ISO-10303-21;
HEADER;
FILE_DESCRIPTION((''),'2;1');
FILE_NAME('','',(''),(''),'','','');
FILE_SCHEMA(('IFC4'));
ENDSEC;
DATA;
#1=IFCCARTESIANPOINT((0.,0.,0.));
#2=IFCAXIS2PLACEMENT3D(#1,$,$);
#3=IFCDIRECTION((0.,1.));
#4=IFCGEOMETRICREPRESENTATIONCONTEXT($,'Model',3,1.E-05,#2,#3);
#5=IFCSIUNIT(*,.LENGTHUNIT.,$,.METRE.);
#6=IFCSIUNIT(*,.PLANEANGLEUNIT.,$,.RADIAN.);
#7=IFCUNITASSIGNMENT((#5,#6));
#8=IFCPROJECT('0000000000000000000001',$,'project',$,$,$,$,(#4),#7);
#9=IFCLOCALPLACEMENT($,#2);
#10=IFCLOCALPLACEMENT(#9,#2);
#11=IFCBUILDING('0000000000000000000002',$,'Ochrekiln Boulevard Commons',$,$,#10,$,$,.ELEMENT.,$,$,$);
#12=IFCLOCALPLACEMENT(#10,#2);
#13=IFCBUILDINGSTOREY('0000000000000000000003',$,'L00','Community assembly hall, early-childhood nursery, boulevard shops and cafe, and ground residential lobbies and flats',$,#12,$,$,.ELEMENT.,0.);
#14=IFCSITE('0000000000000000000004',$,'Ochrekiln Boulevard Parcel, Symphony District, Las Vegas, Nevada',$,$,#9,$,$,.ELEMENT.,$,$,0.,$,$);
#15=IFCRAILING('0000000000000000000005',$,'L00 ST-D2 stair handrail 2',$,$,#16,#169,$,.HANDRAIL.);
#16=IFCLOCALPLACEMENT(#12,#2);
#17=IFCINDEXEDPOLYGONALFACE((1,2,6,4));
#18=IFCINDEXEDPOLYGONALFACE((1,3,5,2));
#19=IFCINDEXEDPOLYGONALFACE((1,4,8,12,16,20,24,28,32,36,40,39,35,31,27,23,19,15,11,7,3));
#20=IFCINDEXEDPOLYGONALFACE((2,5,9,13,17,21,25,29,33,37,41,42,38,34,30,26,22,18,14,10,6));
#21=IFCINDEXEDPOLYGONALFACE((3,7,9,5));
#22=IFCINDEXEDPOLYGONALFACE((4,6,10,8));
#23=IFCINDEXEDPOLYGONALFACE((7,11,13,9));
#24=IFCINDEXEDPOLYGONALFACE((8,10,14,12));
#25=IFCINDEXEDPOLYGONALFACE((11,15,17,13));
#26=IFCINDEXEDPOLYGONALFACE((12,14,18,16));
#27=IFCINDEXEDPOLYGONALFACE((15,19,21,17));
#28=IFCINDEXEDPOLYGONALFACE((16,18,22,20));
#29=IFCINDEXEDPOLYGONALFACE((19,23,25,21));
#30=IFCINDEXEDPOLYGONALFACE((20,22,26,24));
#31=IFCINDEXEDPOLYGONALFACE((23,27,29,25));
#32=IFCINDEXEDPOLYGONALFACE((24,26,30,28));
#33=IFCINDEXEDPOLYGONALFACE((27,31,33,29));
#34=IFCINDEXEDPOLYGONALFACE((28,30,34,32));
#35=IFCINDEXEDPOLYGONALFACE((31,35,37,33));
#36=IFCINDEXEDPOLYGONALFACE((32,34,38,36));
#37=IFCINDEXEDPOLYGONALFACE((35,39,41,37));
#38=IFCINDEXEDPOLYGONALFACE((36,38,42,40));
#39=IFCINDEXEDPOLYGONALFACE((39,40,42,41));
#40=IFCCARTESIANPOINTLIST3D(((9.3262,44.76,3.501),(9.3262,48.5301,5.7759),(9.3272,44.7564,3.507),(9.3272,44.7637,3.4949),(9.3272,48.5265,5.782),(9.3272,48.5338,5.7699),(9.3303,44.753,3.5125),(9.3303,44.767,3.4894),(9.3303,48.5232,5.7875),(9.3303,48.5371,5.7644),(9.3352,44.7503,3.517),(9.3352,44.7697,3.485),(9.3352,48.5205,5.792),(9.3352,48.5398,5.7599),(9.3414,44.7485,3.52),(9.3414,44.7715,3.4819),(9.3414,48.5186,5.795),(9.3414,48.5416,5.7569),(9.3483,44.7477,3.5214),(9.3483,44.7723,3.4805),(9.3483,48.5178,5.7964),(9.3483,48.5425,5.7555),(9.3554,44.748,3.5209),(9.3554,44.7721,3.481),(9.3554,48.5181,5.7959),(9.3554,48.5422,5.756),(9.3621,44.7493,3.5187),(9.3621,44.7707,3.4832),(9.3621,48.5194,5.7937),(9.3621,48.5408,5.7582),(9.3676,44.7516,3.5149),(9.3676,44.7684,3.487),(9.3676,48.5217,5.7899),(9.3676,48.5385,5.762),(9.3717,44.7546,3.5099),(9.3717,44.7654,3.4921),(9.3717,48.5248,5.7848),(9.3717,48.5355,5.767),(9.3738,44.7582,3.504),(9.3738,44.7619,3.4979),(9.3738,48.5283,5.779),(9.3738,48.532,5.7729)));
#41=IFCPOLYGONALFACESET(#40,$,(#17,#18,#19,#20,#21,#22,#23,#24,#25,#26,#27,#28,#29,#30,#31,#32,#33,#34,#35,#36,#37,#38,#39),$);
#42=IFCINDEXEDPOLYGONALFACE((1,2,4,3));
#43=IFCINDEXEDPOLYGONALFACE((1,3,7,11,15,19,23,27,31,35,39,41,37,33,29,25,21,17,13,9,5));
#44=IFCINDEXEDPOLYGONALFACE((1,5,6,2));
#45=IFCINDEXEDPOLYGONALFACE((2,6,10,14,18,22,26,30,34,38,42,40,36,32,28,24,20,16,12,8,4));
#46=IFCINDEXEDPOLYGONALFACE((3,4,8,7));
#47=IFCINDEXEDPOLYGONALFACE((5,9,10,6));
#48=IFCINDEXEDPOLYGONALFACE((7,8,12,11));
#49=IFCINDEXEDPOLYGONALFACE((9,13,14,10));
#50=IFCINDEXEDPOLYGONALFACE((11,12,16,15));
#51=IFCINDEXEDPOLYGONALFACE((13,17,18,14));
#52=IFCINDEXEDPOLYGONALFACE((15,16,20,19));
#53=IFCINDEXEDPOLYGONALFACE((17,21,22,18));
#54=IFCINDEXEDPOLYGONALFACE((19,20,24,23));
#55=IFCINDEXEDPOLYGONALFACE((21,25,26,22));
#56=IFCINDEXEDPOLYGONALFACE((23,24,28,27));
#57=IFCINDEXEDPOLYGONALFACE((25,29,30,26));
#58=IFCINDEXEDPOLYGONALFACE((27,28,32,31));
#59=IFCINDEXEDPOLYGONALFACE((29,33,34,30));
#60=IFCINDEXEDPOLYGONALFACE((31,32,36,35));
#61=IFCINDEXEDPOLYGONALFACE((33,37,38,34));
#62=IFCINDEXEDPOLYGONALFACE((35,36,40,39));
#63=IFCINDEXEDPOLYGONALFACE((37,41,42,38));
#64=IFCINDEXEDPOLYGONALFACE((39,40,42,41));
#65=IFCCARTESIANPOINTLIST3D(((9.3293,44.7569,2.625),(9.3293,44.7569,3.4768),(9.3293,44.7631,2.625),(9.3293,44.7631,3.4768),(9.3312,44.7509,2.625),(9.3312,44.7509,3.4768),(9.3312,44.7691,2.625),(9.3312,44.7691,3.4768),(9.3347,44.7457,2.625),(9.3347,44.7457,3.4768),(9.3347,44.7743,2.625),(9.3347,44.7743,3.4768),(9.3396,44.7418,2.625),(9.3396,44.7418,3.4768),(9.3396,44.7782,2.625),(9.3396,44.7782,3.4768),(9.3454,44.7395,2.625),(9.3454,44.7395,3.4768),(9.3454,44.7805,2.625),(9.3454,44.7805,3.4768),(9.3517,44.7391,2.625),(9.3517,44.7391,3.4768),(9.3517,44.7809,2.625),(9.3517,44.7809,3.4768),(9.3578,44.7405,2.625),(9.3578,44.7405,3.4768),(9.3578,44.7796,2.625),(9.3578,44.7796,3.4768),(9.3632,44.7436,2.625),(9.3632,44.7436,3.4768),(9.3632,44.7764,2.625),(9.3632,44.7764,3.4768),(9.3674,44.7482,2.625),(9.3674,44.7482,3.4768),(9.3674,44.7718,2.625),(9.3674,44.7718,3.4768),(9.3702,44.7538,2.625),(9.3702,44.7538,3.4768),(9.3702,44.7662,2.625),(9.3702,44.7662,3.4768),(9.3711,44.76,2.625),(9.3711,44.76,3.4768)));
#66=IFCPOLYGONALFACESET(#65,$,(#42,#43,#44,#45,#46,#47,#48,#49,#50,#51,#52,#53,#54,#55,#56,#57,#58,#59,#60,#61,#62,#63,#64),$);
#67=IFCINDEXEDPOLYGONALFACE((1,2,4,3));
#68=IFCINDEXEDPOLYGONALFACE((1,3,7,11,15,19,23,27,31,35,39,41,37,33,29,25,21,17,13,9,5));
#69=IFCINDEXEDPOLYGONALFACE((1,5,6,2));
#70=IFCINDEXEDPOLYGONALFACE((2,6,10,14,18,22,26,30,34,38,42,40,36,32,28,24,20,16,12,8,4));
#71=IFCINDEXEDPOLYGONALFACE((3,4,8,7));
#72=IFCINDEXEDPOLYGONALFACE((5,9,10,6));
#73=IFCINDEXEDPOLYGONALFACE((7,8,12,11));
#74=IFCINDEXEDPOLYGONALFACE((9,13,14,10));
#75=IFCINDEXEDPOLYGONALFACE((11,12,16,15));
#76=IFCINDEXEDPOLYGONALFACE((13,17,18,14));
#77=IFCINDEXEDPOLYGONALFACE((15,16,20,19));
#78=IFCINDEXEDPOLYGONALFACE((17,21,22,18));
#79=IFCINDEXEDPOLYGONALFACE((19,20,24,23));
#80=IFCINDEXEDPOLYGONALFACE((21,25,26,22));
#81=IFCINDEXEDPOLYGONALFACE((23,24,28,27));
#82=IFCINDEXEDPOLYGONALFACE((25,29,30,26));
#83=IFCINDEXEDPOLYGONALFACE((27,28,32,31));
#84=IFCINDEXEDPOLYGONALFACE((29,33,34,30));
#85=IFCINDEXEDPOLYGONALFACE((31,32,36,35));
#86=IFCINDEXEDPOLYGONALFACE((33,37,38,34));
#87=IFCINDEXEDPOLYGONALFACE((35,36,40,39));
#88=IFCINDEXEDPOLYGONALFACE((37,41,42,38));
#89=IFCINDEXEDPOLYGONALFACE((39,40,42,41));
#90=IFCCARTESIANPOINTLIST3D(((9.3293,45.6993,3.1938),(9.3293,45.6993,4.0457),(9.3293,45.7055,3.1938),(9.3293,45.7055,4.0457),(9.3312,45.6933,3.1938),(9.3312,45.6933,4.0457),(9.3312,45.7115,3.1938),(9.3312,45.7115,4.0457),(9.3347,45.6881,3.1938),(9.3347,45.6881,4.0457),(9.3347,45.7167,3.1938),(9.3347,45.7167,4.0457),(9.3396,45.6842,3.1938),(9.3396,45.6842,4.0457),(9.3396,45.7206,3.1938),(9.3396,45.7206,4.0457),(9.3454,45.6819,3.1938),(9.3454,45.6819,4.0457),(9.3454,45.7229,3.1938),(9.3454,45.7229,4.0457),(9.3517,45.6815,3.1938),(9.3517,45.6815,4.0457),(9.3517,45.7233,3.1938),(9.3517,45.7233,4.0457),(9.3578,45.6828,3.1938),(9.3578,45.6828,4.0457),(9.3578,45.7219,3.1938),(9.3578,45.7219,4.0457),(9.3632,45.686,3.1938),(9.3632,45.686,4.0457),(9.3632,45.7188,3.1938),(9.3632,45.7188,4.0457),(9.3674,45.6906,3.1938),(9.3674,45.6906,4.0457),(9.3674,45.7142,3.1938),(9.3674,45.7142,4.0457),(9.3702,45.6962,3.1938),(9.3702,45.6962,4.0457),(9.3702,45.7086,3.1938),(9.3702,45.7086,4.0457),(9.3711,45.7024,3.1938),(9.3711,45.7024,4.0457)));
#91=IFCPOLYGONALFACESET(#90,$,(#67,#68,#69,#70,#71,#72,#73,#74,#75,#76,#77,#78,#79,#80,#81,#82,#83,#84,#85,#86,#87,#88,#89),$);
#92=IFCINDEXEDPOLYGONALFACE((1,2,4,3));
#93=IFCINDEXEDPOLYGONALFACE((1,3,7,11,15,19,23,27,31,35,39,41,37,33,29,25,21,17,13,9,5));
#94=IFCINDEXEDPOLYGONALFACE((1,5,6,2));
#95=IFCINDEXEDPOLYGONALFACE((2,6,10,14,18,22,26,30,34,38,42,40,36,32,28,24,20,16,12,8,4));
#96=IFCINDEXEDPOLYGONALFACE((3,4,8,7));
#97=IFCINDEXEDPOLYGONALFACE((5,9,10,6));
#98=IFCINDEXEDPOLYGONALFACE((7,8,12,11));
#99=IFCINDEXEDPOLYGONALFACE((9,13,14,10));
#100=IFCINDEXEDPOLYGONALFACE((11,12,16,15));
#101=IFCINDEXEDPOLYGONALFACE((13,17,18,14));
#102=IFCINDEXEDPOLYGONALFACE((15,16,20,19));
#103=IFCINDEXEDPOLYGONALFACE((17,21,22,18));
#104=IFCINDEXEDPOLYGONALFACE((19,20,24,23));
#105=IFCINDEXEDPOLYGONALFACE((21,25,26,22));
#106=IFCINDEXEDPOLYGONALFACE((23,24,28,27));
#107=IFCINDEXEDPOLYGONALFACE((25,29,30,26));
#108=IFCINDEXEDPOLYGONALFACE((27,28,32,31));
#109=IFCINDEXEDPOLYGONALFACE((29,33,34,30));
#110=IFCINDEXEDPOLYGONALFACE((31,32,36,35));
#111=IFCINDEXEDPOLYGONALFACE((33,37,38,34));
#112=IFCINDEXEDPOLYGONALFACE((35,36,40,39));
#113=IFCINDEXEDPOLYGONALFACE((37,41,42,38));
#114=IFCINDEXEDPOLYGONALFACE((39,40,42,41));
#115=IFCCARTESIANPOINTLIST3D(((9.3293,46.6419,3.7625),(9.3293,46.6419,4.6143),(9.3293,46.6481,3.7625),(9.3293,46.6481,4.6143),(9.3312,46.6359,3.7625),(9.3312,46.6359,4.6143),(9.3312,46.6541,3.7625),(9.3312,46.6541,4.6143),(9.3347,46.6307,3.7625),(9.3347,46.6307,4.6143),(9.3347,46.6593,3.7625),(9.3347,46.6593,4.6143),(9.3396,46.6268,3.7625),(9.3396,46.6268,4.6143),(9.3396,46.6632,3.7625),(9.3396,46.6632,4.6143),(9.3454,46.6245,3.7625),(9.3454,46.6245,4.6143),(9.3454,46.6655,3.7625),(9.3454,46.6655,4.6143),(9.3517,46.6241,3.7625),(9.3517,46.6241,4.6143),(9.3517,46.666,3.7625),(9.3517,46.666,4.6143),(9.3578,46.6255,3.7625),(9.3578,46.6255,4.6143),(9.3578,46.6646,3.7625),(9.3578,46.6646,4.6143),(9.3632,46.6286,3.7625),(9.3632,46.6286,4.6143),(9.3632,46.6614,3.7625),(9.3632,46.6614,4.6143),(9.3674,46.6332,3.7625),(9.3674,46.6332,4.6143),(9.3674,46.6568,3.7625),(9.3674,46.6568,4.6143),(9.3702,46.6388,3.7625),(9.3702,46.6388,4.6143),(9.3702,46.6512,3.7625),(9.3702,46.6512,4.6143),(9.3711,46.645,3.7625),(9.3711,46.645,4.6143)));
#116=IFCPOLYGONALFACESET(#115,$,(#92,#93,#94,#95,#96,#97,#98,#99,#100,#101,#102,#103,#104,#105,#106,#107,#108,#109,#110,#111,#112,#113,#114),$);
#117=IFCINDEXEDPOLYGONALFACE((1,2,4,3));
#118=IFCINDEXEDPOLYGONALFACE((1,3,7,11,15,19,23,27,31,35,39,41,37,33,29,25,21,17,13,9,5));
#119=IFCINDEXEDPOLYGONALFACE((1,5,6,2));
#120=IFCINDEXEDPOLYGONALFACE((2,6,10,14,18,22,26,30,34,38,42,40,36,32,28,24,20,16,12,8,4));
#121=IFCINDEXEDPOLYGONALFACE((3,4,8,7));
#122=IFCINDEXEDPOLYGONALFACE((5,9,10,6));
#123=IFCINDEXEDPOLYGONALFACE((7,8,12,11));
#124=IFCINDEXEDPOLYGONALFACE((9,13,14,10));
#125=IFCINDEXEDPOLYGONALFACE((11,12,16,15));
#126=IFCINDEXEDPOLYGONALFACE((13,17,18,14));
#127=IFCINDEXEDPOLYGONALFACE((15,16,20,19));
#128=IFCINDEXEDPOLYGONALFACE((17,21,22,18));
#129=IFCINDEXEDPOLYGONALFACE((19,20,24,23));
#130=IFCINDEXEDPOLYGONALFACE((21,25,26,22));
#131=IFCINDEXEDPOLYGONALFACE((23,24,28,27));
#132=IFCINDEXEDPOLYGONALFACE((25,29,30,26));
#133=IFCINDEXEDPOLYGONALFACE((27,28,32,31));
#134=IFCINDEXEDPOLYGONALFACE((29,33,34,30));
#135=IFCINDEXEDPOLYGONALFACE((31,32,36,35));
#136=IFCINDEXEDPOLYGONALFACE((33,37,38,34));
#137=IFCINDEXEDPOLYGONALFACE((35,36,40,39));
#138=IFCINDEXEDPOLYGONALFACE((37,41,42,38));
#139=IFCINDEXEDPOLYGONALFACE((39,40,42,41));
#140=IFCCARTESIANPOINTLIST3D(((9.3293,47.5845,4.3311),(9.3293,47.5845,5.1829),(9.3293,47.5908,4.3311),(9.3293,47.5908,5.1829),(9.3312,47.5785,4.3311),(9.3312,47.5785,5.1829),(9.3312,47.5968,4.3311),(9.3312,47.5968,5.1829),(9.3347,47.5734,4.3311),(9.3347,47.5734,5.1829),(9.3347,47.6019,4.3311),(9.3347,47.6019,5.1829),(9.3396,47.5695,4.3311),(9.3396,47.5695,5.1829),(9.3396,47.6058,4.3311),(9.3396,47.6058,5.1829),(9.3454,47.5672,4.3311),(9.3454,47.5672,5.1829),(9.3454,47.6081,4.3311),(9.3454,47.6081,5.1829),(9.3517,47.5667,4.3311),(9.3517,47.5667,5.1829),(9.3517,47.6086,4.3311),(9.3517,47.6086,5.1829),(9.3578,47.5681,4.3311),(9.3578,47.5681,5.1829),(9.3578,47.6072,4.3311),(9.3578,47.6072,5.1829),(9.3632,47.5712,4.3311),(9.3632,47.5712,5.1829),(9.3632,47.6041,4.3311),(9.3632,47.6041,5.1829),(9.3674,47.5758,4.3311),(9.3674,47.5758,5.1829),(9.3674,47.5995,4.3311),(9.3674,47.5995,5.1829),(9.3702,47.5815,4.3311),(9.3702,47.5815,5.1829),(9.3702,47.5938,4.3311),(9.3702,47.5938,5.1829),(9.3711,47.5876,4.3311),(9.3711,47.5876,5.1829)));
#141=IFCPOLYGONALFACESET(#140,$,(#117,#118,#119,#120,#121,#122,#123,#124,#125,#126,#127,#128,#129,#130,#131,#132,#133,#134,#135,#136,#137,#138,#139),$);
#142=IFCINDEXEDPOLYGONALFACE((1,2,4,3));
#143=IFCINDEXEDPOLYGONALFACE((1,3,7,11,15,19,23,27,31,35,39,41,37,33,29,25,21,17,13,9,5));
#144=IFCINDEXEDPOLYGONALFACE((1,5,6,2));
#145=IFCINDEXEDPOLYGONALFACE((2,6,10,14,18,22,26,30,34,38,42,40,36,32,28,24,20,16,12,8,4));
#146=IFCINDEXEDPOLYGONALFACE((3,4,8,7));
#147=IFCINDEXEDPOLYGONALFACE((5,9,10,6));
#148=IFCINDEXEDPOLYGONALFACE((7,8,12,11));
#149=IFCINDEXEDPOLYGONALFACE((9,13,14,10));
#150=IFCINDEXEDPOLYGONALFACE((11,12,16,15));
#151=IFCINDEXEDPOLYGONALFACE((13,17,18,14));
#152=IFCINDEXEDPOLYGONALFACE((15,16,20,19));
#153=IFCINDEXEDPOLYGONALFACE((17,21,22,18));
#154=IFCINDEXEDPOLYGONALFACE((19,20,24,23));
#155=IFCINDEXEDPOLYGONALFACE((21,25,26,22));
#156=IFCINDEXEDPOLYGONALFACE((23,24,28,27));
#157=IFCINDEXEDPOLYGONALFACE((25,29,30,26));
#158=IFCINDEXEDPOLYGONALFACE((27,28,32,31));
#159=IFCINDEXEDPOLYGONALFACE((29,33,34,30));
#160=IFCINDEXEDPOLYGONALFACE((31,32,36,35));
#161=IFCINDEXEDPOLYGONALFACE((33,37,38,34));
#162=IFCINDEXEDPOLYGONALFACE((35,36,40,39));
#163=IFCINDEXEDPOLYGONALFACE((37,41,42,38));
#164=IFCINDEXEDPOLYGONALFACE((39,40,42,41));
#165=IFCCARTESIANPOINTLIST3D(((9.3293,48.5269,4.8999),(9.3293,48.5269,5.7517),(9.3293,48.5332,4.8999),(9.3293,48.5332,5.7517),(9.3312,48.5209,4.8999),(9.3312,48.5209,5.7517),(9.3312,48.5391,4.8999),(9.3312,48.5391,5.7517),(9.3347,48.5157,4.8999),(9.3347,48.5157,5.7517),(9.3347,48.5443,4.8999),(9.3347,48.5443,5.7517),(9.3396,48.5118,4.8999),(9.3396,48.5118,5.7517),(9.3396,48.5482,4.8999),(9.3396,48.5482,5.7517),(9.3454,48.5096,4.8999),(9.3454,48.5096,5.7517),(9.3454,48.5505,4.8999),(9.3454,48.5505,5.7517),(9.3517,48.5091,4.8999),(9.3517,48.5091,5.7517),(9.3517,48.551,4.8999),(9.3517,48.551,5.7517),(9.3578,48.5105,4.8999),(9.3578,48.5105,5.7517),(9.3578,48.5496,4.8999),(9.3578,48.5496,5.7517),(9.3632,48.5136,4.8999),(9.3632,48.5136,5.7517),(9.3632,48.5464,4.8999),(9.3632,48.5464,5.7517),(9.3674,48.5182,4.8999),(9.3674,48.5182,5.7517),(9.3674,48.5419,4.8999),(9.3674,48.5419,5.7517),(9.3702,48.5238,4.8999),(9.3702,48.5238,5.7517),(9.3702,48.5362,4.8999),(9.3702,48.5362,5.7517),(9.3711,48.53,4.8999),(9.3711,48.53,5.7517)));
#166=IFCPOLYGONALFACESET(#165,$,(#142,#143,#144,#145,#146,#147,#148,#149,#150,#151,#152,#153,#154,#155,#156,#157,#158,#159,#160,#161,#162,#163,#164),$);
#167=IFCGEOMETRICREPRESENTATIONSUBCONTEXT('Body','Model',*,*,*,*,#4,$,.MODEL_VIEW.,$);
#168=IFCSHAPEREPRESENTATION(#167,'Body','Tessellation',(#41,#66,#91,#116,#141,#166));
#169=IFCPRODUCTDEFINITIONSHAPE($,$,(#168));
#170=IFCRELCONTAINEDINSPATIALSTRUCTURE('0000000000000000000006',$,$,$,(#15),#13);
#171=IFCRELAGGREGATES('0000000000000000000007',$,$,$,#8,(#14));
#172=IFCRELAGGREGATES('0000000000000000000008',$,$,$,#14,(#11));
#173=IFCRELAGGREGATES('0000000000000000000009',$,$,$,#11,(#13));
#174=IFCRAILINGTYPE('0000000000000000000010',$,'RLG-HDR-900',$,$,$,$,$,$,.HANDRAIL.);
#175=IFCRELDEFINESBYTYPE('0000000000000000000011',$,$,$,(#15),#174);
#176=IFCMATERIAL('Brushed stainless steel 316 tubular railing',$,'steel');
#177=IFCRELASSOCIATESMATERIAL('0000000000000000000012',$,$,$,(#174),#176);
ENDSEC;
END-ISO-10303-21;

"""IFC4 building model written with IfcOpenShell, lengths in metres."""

from ifc_helpers import new_model, si_unit, direction, frame, origin, origin_2d, place, context, subcontext, project, spatial, circle, extrude, material, type_object, element, save


model = new_model("IFC4")

# Units and contexts
model_context = context("Model", 3, precision=1e-05, world=origin(), true_north=direction((0.0, 1.0)))
body_context = subcontext(model_context, "Body", "Model", "MODEL_VIEW")
ifc_project = project(units=[si_unit("LENGTHUNIT", "METRE"), si_unit("PLANEANGLEUNIT", "RADIAN")], contexts=[model_context])

# Site, building, storey
site_placement = place(None, origin())
site = spatial("IfcSite", under=ifc_project, at=site_placement, Name="Ochrekiln Boulevard Parcel, Symphony District, Las Vegas, Nevada", CompositionType="ELEMENT", RefElevation=0.0)
building_placement = place(site_placement, origin())
building = spatial("IfcBuilding", under=site, at=building_placement, Name="Ochrekiln Boulevard Commons", CompositionType="ELEMENT")
storey_placement = place(building_placement, origin())
storey = spatial("IfcBuildingStorey", under=building, at=storey_placement, Name="L00", Description="Community assembly hall, early-childhood nursery, boulevard shops and cafe, and ground residential lobbies and flats", CompositionType="ELEMENT", Elevation=0.0)

# Railing
ifc_material_1 = material(Name="Brushed stainless steel 316 tubular railing", Category="steel")
railing_type_1 = type_object("IfcRailingType", Name="RLG-HDR-900", PredefinedType="HANDRAIL", material=ifc_material_1)
railing_1_placement = place(storey_placement, frame((9.3501, 44.76, 2.625)))
element("IfcRailing", 1, at=railing_1_placement, inside=storey, type_object=railing_type_1, Name="L00 ST-D2 stair handrail 2", PredefinedType="HANDRAIL", context=body_context, shape_type="SweptSolid", body=[
    extrude(circle(Radius=0.0239, at=origin_2d()), frame((0.0, 0.0, 0.876), z_axis=(0.0, 0.856199, 0.516647), x_axis=(-1.0, 0.0, 0.0)), (0.0, 0.0, 1.0), 4.4033),
    extrude(circle(Radius=0.021, at=origin_2d()), origin(), (0.0, 0.0, 1.0), 0.8518),
    extrude(circle(Radius=0.021, at=origin_2d()), frame((0.0, 0.9424, 0.5688)), (0.0, 0.0, 1.0), 0.8518),
    extrude(circle(Radius=0.021, at=origin_2d()), frame((0.0, 1.885, 1.1375)), (0.0, 0.0, 1.0), 0.8518),
    extrude(circle(Radius=0.021, at=origin_2d()), frame((0.0, 2.8276, 1.7061)), (0.0, 0.0, 1.0), 0.8518),
    extrude(circle(Radius=0.021, at=origin_2d()), frame((0.0, 3.77, 2.2749)), (0.0, 0.0, 1.0), 0.8518),
])

save(model, "model.ifc")
